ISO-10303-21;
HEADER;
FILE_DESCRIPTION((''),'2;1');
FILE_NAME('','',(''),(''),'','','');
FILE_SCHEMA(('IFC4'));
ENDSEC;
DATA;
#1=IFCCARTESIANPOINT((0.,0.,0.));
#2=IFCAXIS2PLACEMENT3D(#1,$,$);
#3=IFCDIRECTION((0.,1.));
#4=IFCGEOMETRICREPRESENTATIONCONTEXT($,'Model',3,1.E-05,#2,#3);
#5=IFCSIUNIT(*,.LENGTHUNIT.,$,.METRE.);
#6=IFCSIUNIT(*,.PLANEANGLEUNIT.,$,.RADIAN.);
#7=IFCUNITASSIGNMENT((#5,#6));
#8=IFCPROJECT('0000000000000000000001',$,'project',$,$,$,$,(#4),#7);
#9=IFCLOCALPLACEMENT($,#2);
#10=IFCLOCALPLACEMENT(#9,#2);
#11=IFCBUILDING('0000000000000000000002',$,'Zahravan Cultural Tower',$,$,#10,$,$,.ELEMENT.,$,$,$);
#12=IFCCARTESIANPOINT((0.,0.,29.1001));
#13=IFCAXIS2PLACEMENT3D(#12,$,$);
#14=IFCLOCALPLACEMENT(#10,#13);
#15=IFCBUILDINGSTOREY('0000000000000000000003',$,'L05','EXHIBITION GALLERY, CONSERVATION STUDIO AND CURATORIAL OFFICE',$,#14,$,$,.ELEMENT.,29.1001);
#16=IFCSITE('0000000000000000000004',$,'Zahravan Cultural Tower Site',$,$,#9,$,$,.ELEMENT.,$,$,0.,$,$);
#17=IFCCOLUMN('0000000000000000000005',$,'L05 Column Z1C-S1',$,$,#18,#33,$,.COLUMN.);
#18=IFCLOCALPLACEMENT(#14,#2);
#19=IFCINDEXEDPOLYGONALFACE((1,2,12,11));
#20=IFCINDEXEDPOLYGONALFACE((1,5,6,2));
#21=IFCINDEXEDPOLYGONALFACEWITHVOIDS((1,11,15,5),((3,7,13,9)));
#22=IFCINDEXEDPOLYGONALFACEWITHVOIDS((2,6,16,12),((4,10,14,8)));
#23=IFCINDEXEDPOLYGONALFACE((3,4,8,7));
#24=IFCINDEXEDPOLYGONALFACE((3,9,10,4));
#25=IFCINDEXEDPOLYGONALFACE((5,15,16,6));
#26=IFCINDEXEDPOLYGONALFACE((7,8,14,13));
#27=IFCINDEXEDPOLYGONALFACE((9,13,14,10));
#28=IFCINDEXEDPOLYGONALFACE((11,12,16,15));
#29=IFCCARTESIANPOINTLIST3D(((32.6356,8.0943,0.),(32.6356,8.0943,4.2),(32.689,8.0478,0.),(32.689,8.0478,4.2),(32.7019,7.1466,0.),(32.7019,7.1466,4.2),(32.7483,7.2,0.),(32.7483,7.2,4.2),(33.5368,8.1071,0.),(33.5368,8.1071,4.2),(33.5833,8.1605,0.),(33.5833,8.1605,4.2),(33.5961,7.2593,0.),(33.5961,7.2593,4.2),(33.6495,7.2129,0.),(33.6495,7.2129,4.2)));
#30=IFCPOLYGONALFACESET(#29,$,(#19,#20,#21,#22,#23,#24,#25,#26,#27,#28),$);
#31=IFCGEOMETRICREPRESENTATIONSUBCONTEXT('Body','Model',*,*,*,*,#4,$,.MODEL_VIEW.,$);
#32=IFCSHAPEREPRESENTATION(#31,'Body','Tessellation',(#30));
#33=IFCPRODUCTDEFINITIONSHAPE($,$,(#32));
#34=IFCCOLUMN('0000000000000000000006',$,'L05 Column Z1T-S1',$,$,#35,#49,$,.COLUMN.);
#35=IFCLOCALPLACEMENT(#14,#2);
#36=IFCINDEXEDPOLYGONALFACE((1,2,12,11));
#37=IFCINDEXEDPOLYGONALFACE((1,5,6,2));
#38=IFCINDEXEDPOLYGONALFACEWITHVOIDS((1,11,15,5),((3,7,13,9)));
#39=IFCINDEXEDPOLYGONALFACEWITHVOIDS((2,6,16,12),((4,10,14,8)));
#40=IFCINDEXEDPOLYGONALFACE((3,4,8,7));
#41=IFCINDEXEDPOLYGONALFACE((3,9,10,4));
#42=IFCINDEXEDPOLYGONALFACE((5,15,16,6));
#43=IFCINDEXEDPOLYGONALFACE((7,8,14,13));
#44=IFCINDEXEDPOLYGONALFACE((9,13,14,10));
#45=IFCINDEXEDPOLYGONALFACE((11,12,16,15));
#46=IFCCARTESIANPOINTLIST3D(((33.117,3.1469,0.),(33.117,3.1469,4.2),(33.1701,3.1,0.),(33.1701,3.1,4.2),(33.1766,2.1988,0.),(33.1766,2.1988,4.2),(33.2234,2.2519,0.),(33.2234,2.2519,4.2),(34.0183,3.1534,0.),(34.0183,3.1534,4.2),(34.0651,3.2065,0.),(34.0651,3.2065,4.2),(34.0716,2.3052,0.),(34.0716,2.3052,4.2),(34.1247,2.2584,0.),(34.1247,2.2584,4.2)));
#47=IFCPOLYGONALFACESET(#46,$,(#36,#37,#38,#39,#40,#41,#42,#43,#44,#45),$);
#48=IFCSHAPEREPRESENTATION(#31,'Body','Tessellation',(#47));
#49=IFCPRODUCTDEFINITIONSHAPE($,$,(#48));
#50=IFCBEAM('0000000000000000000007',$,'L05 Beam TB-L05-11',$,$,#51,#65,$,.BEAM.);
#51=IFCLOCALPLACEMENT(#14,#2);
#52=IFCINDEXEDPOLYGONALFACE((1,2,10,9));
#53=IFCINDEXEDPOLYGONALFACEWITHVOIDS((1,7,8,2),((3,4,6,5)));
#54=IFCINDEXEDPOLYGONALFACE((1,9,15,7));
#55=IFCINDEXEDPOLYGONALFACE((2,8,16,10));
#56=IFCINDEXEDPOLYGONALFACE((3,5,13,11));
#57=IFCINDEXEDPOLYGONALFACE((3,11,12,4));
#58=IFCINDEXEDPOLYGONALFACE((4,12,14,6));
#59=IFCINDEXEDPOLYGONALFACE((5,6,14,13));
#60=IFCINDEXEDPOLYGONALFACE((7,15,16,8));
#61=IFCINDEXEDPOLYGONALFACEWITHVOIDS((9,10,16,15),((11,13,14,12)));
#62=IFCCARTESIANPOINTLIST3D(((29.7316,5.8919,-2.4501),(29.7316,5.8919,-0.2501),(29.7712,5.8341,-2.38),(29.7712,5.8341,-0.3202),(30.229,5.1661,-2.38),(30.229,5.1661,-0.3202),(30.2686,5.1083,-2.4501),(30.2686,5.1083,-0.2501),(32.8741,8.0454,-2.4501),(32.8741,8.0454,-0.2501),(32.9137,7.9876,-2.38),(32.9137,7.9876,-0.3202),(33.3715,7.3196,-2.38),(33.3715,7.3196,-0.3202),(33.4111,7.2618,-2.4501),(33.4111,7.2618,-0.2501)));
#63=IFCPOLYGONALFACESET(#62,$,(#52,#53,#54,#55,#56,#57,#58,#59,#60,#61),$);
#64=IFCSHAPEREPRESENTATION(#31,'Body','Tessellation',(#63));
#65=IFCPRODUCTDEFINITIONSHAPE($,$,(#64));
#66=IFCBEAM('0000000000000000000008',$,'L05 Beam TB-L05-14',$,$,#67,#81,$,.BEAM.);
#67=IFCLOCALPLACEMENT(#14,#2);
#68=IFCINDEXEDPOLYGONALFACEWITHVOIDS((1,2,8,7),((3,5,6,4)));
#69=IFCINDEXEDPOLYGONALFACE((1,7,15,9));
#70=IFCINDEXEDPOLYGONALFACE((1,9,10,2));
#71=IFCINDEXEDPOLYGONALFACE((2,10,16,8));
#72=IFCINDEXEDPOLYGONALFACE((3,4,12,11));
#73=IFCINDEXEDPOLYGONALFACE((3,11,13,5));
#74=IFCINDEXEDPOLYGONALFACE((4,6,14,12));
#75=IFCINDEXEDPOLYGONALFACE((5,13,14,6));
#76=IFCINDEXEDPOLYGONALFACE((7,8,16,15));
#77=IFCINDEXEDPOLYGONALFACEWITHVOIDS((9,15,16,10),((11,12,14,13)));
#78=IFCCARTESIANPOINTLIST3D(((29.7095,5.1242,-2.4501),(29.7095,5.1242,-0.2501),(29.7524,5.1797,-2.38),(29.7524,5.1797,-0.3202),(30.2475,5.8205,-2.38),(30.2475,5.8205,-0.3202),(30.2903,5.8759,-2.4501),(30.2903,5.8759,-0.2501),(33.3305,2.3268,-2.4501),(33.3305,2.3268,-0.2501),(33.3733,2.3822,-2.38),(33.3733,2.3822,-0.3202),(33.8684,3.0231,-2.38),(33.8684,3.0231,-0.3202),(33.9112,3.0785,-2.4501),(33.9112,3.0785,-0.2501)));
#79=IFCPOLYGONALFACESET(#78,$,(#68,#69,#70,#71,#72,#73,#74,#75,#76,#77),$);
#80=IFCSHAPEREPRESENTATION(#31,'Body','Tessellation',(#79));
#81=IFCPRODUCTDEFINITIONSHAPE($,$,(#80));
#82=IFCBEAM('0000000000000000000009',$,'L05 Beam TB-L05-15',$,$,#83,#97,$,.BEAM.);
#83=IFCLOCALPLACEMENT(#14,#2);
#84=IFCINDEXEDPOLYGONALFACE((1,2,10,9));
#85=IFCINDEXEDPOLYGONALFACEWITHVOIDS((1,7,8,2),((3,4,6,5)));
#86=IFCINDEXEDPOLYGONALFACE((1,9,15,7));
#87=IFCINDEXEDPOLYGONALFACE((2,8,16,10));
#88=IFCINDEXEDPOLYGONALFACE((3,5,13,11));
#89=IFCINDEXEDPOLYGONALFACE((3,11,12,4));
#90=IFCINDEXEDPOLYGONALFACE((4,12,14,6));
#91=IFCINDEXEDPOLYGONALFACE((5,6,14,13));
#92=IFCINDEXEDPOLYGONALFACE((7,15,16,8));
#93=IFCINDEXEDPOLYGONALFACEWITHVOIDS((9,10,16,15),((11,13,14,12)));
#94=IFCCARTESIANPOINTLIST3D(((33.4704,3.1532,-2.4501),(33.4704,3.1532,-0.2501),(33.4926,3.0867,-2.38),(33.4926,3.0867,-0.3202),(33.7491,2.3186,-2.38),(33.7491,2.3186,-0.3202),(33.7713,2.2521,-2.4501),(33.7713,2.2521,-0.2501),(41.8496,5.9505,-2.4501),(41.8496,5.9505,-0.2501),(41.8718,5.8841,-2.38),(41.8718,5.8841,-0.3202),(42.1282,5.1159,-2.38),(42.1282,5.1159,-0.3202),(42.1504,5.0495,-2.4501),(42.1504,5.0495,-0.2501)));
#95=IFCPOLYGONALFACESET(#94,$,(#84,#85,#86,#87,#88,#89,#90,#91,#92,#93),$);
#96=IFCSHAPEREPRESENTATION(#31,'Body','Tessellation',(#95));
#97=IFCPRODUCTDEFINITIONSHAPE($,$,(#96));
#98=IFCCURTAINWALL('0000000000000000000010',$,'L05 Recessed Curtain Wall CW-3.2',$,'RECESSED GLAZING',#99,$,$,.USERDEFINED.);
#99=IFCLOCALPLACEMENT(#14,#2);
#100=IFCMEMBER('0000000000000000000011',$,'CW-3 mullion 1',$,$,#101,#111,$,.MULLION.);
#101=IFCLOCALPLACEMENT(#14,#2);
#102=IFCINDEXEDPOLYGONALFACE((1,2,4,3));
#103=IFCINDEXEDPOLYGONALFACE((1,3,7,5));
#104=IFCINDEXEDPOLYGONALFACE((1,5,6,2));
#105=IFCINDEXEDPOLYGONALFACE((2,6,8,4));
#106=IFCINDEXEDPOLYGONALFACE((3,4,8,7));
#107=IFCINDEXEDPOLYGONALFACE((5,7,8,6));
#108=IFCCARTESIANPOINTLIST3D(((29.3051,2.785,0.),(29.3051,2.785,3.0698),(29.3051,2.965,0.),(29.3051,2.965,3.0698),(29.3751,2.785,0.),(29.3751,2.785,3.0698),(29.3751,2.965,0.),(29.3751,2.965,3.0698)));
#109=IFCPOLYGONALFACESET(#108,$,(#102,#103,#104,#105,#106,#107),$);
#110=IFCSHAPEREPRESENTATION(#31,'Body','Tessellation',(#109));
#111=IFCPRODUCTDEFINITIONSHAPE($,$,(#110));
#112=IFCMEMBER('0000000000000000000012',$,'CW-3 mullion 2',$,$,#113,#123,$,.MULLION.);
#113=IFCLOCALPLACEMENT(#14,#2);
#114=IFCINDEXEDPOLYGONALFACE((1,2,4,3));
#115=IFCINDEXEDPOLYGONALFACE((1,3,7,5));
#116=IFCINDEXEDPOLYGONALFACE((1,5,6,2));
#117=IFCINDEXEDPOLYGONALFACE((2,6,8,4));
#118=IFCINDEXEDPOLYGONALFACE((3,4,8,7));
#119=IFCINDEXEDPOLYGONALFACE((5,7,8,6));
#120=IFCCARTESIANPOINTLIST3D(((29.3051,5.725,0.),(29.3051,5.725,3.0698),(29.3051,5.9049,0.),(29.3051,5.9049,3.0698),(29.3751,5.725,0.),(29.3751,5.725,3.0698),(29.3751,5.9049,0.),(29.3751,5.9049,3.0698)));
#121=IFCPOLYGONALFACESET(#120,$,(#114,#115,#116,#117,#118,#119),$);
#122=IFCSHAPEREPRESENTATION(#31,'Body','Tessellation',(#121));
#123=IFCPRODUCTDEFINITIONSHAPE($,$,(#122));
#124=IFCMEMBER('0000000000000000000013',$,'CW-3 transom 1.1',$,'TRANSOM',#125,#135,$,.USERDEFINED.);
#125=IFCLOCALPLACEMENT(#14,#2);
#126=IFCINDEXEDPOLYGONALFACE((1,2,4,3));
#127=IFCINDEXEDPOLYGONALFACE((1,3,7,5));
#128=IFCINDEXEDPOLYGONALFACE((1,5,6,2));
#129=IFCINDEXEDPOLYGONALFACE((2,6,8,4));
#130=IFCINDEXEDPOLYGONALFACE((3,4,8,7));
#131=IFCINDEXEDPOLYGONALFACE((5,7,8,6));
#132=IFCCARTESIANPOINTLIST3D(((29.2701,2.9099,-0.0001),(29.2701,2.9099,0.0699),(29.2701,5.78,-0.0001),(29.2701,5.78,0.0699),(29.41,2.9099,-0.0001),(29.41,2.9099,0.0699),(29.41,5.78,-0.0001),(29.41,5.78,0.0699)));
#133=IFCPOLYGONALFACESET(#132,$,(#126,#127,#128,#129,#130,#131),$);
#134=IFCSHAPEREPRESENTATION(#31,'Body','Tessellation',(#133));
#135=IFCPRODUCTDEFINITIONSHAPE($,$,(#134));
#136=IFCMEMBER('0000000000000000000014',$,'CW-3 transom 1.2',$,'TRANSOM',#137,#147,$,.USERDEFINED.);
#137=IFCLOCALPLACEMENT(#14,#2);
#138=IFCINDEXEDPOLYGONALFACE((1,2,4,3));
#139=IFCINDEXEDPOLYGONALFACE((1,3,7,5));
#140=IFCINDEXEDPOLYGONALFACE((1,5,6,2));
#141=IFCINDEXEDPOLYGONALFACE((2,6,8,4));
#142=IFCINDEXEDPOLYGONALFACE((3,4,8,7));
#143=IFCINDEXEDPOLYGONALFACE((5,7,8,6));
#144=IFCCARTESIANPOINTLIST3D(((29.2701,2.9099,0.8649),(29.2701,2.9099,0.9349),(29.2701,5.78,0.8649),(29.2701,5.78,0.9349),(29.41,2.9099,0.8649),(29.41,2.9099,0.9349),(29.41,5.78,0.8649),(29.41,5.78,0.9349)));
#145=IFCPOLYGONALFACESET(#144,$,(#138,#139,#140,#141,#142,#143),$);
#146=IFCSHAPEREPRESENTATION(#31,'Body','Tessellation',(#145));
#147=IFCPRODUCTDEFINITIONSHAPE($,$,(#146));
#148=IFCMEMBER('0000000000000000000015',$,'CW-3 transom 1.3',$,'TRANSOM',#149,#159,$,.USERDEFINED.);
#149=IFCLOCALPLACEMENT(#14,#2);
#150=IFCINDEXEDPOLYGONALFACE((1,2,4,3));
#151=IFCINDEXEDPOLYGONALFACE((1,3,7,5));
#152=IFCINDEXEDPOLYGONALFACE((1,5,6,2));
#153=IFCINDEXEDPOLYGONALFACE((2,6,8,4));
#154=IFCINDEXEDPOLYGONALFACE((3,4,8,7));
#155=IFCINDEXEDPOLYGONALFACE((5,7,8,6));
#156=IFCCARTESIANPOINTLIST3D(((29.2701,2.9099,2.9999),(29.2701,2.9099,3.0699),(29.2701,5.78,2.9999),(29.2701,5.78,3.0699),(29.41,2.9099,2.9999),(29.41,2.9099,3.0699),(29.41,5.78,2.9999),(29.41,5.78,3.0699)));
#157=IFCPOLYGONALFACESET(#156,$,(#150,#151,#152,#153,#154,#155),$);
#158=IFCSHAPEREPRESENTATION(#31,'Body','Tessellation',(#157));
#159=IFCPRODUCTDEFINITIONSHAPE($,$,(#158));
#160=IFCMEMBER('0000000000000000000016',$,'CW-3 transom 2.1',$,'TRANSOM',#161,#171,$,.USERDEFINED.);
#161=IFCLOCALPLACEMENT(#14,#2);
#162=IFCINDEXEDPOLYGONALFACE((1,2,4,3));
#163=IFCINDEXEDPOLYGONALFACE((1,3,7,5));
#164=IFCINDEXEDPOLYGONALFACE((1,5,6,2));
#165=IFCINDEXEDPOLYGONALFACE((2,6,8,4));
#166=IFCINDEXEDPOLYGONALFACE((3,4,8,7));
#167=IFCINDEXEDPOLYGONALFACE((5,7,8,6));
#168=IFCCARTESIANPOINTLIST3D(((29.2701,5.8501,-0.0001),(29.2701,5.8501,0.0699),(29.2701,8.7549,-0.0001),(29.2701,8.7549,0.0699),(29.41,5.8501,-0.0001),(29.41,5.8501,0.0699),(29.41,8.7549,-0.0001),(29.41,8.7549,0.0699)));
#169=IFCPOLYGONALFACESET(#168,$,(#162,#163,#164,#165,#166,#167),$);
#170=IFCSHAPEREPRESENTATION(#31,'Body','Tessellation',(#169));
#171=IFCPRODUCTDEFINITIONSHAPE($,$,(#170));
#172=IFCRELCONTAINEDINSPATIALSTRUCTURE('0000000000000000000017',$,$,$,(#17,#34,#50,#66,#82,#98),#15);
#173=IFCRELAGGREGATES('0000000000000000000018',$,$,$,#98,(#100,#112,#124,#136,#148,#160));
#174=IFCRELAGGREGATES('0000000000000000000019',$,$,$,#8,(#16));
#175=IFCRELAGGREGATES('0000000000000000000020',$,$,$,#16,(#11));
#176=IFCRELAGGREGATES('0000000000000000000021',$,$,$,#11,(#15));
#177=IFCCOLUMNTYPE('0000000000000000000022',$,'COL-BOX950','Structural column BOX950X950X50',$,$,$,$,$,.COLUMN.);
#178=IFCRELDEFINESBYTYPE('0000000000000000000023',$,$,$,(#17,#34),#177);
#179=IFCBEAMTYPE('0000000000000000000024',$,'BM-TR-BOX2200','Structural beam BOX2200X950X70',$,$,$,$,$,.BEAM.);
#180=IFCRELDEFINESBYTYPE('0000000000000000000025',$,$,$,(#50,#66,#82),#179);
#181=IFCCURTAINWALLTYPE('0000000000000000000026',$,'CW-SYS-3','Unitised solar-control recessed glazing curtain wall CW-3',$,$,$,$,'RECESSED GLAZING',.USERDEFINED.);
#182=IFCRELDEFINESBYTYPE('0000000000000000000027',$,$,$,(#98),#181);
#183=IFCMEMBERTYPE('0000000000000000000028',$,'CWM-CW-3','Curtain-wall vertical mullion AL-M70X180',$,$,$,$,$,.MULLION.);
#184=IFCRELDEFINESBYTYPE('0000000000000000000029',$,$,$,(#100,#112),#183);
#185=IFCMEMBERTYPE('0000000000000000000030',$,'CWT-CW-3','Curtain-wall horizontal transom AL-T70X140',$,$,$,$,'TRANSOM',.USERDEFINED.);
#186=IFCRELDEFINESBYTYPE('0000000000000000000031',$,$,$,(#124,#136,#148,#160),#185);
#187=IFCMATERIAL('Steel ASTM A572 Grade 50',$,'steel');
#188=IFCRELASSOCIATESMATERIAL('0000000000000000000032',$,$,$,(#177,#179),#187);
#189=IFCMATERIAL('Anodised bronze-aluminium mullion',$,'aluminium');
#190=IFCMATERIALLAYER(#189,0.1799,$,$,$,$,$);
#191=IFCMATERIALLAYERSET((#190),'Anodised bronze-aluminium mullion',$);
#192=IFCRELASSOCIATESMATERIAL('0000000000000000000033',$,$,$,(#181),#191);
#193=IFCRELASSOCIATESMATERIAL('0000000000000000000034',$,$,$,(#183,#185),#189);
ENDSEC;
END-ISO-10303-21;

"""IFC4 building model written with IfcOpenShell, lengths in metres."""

from ifc_helpers import new_model, si_unit, direction, frame, origin, origin_2d, place, context, subcontext, project, spatial, rectangle, hollow_rectangle, extrude, source, transform, mapped, material, layer, layer_set, material_profile, profile_set, type_object, element, aggregate, save


model = new_model("IFC4")

# Units and contexts
model_context = context("Model", 3, precision=1e-05, world=origin(), true_north=direction((0.0, 1.0)))
body_context = subcontext(model_context, "Body", "Model", "MODEL_VIEW")
ifc_project = project(units=[si_unit("LENGTHUNIT", "METRE"), si_unit("PLANEANGLEUNIT", "RADIAN")], contexts=[model_context])

# Site, building, storey
site_placement = place(None, origin())
site = spatial("IfcSite", under=ifc_project, at=site_placement, Name="Zahravan Cultural Tower Site", CompositionType="ELEMENT", RefElevation=0.0)
building_placement = place(site_placement, origin())
building = spatial("IfcBuilding", under=site, at=building_placement, Name="Zahravan Cultural Tower", CompositionType="ELEMENT")
storey_placement = place(building_placement, frame((0.0, 0.0, 29.1001)))
storey = spatial("IfcBuildingStorey", under=building, at=storey_placement, Name="L05", Description="EXHIBITION GALLERY, CONSERVATION STUDIO AND CURATORIAL OFFICE", CompositionType="ELEMENT", Elevation=29.1001)

# Columns
ifc_material_1 = material(Name="Steel ASTM A572 Grade 50", Category="steel")
ifc_material_profile_1 = material_profile(ifc_material_1, hollow_rectangle(XDim=0.95, YDim=0.95, WallThickness=0.05, at=origin_2d()), Name="BOX950X950X50")
ifc_profile_set_1 = profile_set([ifc_material_profile_1], Name="Steel ASTM A572 Grade 50")
column_type = type_object("IfcColumnType", Name="COL-BOX950", Description="Structural column BOX950X950X50", PredefinedType="COLUMN", material=ifc_profile_set_1)
shared_shape_1 = source(origin(), body_context, "Body", "SweptSolid", [
    extrude(hollow_rectangle(XDim=0.95, YDim=0.95, WallThickness=0.05, at=origin_2d()), origin(), (0.0, 0.0, 1.0), 4.2),
])
for number, where, z_axis, x_axis, name in (
    (1, (33.1426, 7.6536, 0.0), (0.0, 0.0, 1.0), (-0.069756, 0.997564, 0.0), "L05 Column Z1C-S1"),
    (2, (33.6208, 2.7026, 0.0), (0.0, 0.0, 1.0), (-0.062791, 0.998027, 0.0), "L05 Column Z1T-S1"),
):
    element("IfcColumn", number, at=place(storey_placement, frame(where, z_axis=z_axis, x_axis=x_axis)), inside=storey, type_object=column_type, Name=name, PredefinedType="COLUMN", context=body_context, shape_type="MappedRepresentation", body=[
        mapped(shared_shape_1, transform((0.0, 0.0, 0.0), x_axis=(1.0, 0.0, 0.0), y_axis=(0.0, 1.0, 0.0), z_axis=(0.0, 0.0, 1.0), scale=1.0)),
    ])

# Beams
ifc_material_profile_2 = material_profile(ifc_material_1, hollow_rectangle(XDim=0.95, YDim=2.2, WallThickness=0.0701, at=origin_2d()), Name="BOX2200X950X70")
ifc_profile_set_2 = profile_set([ifc_material_profile_2], Name="Steel ASTM A572 Grade 50")
beam_type = type_object("IfcBeamType", Name="BM-TR-BOX2200", Description="Structural beam BOX2200X950X70", PredefinedType="BEAM", material=ifc_profile_set_2)
shared_shape_2 = source(origin(), body_context, "Body", "SweptSolid", [
    extrude(hollow_rectangle(XDim=0.95, YDim=2.2, WallThickness=0.0701, at=origin_2d()), origin(), (0.0, 0.0, 1.0), 3.8096),
])
beam_1_placement = place(storey_placement, frame((33.1426, 7.6536, -1.3501), z_axis=(-0.824894, -0.565288, 0.0), x_axis=(0.565288, -0.824894, 0.0)))
element("IfcBeam", 3, at=beam_1_placement, inside=storey, type_object=beam_type, Name="L05 Beam TB-L05-11", PredefinedType="BEAM", context=body_context, shape_type="MappedRepresentation", body=[
    mapped(shared_shape_2, transform((0.0, 0.0, 0.0), x_axis=(1.0, 0.0, 0.0), y_axis=(0.0, 1.0, 0.0), z_axis=(0.0, 0.0, 1.0), scale=1.0)),
])
shared_shape_3 = source(origin(), body_context, "Body", "SweptSolid", [
    extrude(hollow_rectangle(XDim=0.95, YDim=2.2, WallThickness=0.0701, at=origin_2d()), origin(), (0.0, 0.0, 1.0), 4.5757),
])
beam_2_placement = place(storey_placement, frame((33.6208, 2.7026, -1.3501), z_axis=(-0.791345, 0.61137, 0.0), x_axis=(-0.61137, -0.791345, 0.0)))
element("IfcBeam", 4, at=beam_2_placement, inside=storey, type_object=beam_type, Name="L05 Beam TB-L05-14", PredefinedType="BEAM", context=body_context, shape_type="MappedRepresentation", body=[
    mapped(shared_shape_3, transform((0.0, 0.0, 0.0), x_axis=(1.0, 0.0, 0.0), y_axis=(0.0, 1.0, 0.0), z_axis=(0.0, 0.0, 1.0), scale=1.0)),
])
shared_shape_4 = source(origin(), body_context, "Body", "SweptSolid", [
    extrude(hollow_rectangle(XDim=0.95, YDim=2.2, WallThickness=0.0701, at=origin_2d()), origin(), (0.0, 0.0, 1.0), 8.8337),
])
beam_3_placement = place(storey_placement, frame((33.6208, 2.7026, -1.3501), z_axis=(0.948537, 0.316667, 0.0), x_axis=(-0.316667, 0.948537, 0.0)))
element("IfcBeam", 5, at=beam_3_placement, inside=storey, type_object=beam_type, Name="L05 Beam TB-L05-15", PredefinedType="BEAM", context=body_context, shape_type="MappedRepresentation", body=[
    mapped(shared_shape_4, transform((0.0, 0.0, 0.0), x_axis=(1.0, 0.0, 0.0), y_axis=(0.0, 1.0, 0.0), z_axis=(0.0, 0.0, 1.0), scale=1.0)),
])

# Curtain wall, members
ifc_material_2 = material(Name="Anodised bronze-aluminium mullion", Category="aluminium")
ifc_layer_1 = layer(ifc_material_2, 0.1799)
ifc_layer_set_1 = layer_set([ifc_layer_1], Name="Anodised bronze-aluminium mullion")
curtain_wall_type = type_object("IfcCurtainWallType", Name="CW-SYS-3", Description="Unitised solar-control recessed glazing curtain wall CW-3", ElementType="RECESSED GLAZING", PredefinedType="USERDEFINED", material=ifc_layer_set_1)
curtain_wall_placement = place(storey_placement, origin())
curtain_wall = element("IfcCurtainWall", 6, at=curtain_wall_placement, inside=storey, type_object=curtain_wall_type, Name="L05 Recessed Curtain Wall CW-3.2", ObjectType="RECESSED GLAZING", PredefinedType="USERDEFINED")
ifc_material_profile_3 = material_profile(ifc_material_2, rectangle(XDim=0.0701, YDim=0.1799, at=origin_2d()), Name="AL-M70X180")
ifc_profile_set_3 = profile_set([ifc_material_profile_3], Name="Anodised bronze-aluminium mullion")
member_type_1 = type_object("IfcMemberType", Name="CWM-CW-3", Description="Curtain-wall vertical mullion AL-M70X180", PredefinedType="MULLION", material=ifc_profile_set_3)
shared_shape_5 = source(origin(), body_context, "Body", "SweptSolid", [
    extrude(rectangle(XDim=0.0701, YDim=0.1799, at=origin_2d()), origin(), (0.0, 0.0, 1.0), 3.0698),
])
member_1_placement = place(storey_placement, frame((29.3401, 2.875, 0.0), z_axis=(0.0, 0.0, 1.0), x_axis=(-1.0, 0.0, 0.0)))
member_1 = element("IfcMember", 7, at=member_1_placement, type_object=member_type_1, Name="CW-3 mullion 1", PredefinedType="MULLION", context=body_context, shape_type="MappedRepresentation", body=[
    mapped(shared_shape_5, transform((0.0, 0.0, 0.0), x_axis=(1.0, 0.0, 0.0), y_axis=(0.0, 1.0, 0.0), z_axis=(0.0, 0.0, 1.0), scale=1.0)),
])
member_2_placement = place(storey_placement, frame((29.3401, 5.8149, 0.0), z_axis=(0.0, 0.0, 1.0), x_axis=(-1.0, 0.0, 0.0)))
member_2 = element("IfcMember", 8, at=member_2_placement, type_object=member_type_1, Name="CW-3 mullion 2", PredefinedType="MULLION", context=body_context, shape_type="MappedRepresentation", body=[
    mapped(shared_shape_5, transform((0.0, 0.0, 0.0), x_axis=(1.0, 0.0, 0.0), y_axis=(0.0, 1.0, 0.0), z_axis=(0.0, 0.0, 1.0), scale=1.0)),
])
ifc_material_profile_4 = material_profile(ifc_material_2, rectangle(XDim=0.1399, YDim=0.0701, at=origin_2d()), Name="AL-T70X140")
ifc_profile_set_4 = profile_set([ifc_material_profile_4], Name="Anodised bronze-aluminium mullion")
member_type_2 = type_object("IfcMemberType", Name="CWT-CW-3", Description="Curtain-wall horizontal transom AL-T70X140", ElementType="TRANSOM", PredefinedType="USERDEFINED", material=ifc_profile_set_4)
shared_shape_6 = source(origin(), body_context, "Body", "SweptSolid", [
    extrude(rectangle(XDim=0.1399, YDim=0.0701, at=origin_2d()), origin(), (0.0, 0.0, 1.0), 2.8701),
])
member_3_placement = place(storey_placement, frame((29.3401, 2.9099, 0.0349), z_axis=(0.0, 1.0, 0.0), x_axis=(-1.0, 0.0, 0.0)))
member_3 = element("IfcMember", 9, at=member_3_placement, type_object=member_type_2, Name="CW-3 transom 1.1", ObjectType="TRANSOM", PredefinedType="USERDEFINED", context=body_context, shape_type="MappedRepresentation", body=[
    mapped(shared_shape_6, transform((0.0, 0.0, 0.0), x_axis=(1.0, 0.0, 0.0), y_axis=(0.0, 1.0, 0.0), z_axis=(0.0, 0.0, 1.0), scale=1.0)),
])
member_4_placement = place(storey_placement, frame((29.3401, 2.9099, 0.8999), z_axis=(0.0, 1.0, 0.0), x_axis=(-1.0, 0.0, 0.0)))
member_4 = element("IfcMember", 10, at=member_4_placement, type_object=member_type_2, Name="CW-3 transom 1.2", ObjectType="TRANSOM", PredefinedType="USERDEFINED", context=body_context, shape_type="MappedRepresentation", body=[
    mapped(shared_shape_6, transform((0.0, 0.0, 0.0), x_axis=(1.0, 0.0, 0.0), y_axis=(0.0, 1.0, 0.0), z_axis=(0.0, 0.0, 1.0), scale=1.0)),
])
member_5_placement = place(storey_placement, frame((29.3401, 2.9099, 3.0349), z_axis=(0.0, 1.0, 0.0), x_axis=(-1.0, 0.0, 0.0)))
member_5 = element("IfcMember", 11, at=member_5_placement, type_object=member_type_2, Name="CW-3 transom 1.3", ObjectType="TRANSOM", PredefinedType="USERDEFINED", context=body_context, shape_type="MappedRepresentation", body=[
    mapped(shared_shape_6, transform((0.0, 0.0, 0.0), x_axis=(1.0, 0.0, 0.0), y_axis=(0.0, 1.0, 0.0), z_axis=(0.0, 0.0, 1.0), scale=1.0)),
])
shared_shape_7 = source(origin(), body_context, "Body", "SweptSolid", [
    extrude(rectangle(XDim=0.1399, YDim=0.0701, at=origin_2d()), origin(), (0.0, 0.0, 1.0), 2.9048),
])
member_6_placement = place(storey_placement, frame((29.3401, 5.8501, 0.0349), z_axis=(0.0, 1.0, 0.0), x_axis=(-1.0, 0.0, 0.0)))
member_6 = element("IfcMember", 12, at=member_6_placement, type_object=member_type_2, Name="CW-3 transom 2.1", ObjectType="TRANSOM", PredefinedType="USERDEFINED", context=body_context, shape_type="MappedRepresentation", body=[
    mapped(shared_shape_7, transform((0.0, 0.0, 0.0), x_axis=(1.0, 0.0, 0.0), y_axis=(0.0, 1.0, 0.0), z_axis=(0.0, 0.0, 1.0), scale=1.0)),
])

aggregate(curtain_wall, [member_1, member_2, member_3, member_4, member_5, member_6])

save(model, "model.ifc")
